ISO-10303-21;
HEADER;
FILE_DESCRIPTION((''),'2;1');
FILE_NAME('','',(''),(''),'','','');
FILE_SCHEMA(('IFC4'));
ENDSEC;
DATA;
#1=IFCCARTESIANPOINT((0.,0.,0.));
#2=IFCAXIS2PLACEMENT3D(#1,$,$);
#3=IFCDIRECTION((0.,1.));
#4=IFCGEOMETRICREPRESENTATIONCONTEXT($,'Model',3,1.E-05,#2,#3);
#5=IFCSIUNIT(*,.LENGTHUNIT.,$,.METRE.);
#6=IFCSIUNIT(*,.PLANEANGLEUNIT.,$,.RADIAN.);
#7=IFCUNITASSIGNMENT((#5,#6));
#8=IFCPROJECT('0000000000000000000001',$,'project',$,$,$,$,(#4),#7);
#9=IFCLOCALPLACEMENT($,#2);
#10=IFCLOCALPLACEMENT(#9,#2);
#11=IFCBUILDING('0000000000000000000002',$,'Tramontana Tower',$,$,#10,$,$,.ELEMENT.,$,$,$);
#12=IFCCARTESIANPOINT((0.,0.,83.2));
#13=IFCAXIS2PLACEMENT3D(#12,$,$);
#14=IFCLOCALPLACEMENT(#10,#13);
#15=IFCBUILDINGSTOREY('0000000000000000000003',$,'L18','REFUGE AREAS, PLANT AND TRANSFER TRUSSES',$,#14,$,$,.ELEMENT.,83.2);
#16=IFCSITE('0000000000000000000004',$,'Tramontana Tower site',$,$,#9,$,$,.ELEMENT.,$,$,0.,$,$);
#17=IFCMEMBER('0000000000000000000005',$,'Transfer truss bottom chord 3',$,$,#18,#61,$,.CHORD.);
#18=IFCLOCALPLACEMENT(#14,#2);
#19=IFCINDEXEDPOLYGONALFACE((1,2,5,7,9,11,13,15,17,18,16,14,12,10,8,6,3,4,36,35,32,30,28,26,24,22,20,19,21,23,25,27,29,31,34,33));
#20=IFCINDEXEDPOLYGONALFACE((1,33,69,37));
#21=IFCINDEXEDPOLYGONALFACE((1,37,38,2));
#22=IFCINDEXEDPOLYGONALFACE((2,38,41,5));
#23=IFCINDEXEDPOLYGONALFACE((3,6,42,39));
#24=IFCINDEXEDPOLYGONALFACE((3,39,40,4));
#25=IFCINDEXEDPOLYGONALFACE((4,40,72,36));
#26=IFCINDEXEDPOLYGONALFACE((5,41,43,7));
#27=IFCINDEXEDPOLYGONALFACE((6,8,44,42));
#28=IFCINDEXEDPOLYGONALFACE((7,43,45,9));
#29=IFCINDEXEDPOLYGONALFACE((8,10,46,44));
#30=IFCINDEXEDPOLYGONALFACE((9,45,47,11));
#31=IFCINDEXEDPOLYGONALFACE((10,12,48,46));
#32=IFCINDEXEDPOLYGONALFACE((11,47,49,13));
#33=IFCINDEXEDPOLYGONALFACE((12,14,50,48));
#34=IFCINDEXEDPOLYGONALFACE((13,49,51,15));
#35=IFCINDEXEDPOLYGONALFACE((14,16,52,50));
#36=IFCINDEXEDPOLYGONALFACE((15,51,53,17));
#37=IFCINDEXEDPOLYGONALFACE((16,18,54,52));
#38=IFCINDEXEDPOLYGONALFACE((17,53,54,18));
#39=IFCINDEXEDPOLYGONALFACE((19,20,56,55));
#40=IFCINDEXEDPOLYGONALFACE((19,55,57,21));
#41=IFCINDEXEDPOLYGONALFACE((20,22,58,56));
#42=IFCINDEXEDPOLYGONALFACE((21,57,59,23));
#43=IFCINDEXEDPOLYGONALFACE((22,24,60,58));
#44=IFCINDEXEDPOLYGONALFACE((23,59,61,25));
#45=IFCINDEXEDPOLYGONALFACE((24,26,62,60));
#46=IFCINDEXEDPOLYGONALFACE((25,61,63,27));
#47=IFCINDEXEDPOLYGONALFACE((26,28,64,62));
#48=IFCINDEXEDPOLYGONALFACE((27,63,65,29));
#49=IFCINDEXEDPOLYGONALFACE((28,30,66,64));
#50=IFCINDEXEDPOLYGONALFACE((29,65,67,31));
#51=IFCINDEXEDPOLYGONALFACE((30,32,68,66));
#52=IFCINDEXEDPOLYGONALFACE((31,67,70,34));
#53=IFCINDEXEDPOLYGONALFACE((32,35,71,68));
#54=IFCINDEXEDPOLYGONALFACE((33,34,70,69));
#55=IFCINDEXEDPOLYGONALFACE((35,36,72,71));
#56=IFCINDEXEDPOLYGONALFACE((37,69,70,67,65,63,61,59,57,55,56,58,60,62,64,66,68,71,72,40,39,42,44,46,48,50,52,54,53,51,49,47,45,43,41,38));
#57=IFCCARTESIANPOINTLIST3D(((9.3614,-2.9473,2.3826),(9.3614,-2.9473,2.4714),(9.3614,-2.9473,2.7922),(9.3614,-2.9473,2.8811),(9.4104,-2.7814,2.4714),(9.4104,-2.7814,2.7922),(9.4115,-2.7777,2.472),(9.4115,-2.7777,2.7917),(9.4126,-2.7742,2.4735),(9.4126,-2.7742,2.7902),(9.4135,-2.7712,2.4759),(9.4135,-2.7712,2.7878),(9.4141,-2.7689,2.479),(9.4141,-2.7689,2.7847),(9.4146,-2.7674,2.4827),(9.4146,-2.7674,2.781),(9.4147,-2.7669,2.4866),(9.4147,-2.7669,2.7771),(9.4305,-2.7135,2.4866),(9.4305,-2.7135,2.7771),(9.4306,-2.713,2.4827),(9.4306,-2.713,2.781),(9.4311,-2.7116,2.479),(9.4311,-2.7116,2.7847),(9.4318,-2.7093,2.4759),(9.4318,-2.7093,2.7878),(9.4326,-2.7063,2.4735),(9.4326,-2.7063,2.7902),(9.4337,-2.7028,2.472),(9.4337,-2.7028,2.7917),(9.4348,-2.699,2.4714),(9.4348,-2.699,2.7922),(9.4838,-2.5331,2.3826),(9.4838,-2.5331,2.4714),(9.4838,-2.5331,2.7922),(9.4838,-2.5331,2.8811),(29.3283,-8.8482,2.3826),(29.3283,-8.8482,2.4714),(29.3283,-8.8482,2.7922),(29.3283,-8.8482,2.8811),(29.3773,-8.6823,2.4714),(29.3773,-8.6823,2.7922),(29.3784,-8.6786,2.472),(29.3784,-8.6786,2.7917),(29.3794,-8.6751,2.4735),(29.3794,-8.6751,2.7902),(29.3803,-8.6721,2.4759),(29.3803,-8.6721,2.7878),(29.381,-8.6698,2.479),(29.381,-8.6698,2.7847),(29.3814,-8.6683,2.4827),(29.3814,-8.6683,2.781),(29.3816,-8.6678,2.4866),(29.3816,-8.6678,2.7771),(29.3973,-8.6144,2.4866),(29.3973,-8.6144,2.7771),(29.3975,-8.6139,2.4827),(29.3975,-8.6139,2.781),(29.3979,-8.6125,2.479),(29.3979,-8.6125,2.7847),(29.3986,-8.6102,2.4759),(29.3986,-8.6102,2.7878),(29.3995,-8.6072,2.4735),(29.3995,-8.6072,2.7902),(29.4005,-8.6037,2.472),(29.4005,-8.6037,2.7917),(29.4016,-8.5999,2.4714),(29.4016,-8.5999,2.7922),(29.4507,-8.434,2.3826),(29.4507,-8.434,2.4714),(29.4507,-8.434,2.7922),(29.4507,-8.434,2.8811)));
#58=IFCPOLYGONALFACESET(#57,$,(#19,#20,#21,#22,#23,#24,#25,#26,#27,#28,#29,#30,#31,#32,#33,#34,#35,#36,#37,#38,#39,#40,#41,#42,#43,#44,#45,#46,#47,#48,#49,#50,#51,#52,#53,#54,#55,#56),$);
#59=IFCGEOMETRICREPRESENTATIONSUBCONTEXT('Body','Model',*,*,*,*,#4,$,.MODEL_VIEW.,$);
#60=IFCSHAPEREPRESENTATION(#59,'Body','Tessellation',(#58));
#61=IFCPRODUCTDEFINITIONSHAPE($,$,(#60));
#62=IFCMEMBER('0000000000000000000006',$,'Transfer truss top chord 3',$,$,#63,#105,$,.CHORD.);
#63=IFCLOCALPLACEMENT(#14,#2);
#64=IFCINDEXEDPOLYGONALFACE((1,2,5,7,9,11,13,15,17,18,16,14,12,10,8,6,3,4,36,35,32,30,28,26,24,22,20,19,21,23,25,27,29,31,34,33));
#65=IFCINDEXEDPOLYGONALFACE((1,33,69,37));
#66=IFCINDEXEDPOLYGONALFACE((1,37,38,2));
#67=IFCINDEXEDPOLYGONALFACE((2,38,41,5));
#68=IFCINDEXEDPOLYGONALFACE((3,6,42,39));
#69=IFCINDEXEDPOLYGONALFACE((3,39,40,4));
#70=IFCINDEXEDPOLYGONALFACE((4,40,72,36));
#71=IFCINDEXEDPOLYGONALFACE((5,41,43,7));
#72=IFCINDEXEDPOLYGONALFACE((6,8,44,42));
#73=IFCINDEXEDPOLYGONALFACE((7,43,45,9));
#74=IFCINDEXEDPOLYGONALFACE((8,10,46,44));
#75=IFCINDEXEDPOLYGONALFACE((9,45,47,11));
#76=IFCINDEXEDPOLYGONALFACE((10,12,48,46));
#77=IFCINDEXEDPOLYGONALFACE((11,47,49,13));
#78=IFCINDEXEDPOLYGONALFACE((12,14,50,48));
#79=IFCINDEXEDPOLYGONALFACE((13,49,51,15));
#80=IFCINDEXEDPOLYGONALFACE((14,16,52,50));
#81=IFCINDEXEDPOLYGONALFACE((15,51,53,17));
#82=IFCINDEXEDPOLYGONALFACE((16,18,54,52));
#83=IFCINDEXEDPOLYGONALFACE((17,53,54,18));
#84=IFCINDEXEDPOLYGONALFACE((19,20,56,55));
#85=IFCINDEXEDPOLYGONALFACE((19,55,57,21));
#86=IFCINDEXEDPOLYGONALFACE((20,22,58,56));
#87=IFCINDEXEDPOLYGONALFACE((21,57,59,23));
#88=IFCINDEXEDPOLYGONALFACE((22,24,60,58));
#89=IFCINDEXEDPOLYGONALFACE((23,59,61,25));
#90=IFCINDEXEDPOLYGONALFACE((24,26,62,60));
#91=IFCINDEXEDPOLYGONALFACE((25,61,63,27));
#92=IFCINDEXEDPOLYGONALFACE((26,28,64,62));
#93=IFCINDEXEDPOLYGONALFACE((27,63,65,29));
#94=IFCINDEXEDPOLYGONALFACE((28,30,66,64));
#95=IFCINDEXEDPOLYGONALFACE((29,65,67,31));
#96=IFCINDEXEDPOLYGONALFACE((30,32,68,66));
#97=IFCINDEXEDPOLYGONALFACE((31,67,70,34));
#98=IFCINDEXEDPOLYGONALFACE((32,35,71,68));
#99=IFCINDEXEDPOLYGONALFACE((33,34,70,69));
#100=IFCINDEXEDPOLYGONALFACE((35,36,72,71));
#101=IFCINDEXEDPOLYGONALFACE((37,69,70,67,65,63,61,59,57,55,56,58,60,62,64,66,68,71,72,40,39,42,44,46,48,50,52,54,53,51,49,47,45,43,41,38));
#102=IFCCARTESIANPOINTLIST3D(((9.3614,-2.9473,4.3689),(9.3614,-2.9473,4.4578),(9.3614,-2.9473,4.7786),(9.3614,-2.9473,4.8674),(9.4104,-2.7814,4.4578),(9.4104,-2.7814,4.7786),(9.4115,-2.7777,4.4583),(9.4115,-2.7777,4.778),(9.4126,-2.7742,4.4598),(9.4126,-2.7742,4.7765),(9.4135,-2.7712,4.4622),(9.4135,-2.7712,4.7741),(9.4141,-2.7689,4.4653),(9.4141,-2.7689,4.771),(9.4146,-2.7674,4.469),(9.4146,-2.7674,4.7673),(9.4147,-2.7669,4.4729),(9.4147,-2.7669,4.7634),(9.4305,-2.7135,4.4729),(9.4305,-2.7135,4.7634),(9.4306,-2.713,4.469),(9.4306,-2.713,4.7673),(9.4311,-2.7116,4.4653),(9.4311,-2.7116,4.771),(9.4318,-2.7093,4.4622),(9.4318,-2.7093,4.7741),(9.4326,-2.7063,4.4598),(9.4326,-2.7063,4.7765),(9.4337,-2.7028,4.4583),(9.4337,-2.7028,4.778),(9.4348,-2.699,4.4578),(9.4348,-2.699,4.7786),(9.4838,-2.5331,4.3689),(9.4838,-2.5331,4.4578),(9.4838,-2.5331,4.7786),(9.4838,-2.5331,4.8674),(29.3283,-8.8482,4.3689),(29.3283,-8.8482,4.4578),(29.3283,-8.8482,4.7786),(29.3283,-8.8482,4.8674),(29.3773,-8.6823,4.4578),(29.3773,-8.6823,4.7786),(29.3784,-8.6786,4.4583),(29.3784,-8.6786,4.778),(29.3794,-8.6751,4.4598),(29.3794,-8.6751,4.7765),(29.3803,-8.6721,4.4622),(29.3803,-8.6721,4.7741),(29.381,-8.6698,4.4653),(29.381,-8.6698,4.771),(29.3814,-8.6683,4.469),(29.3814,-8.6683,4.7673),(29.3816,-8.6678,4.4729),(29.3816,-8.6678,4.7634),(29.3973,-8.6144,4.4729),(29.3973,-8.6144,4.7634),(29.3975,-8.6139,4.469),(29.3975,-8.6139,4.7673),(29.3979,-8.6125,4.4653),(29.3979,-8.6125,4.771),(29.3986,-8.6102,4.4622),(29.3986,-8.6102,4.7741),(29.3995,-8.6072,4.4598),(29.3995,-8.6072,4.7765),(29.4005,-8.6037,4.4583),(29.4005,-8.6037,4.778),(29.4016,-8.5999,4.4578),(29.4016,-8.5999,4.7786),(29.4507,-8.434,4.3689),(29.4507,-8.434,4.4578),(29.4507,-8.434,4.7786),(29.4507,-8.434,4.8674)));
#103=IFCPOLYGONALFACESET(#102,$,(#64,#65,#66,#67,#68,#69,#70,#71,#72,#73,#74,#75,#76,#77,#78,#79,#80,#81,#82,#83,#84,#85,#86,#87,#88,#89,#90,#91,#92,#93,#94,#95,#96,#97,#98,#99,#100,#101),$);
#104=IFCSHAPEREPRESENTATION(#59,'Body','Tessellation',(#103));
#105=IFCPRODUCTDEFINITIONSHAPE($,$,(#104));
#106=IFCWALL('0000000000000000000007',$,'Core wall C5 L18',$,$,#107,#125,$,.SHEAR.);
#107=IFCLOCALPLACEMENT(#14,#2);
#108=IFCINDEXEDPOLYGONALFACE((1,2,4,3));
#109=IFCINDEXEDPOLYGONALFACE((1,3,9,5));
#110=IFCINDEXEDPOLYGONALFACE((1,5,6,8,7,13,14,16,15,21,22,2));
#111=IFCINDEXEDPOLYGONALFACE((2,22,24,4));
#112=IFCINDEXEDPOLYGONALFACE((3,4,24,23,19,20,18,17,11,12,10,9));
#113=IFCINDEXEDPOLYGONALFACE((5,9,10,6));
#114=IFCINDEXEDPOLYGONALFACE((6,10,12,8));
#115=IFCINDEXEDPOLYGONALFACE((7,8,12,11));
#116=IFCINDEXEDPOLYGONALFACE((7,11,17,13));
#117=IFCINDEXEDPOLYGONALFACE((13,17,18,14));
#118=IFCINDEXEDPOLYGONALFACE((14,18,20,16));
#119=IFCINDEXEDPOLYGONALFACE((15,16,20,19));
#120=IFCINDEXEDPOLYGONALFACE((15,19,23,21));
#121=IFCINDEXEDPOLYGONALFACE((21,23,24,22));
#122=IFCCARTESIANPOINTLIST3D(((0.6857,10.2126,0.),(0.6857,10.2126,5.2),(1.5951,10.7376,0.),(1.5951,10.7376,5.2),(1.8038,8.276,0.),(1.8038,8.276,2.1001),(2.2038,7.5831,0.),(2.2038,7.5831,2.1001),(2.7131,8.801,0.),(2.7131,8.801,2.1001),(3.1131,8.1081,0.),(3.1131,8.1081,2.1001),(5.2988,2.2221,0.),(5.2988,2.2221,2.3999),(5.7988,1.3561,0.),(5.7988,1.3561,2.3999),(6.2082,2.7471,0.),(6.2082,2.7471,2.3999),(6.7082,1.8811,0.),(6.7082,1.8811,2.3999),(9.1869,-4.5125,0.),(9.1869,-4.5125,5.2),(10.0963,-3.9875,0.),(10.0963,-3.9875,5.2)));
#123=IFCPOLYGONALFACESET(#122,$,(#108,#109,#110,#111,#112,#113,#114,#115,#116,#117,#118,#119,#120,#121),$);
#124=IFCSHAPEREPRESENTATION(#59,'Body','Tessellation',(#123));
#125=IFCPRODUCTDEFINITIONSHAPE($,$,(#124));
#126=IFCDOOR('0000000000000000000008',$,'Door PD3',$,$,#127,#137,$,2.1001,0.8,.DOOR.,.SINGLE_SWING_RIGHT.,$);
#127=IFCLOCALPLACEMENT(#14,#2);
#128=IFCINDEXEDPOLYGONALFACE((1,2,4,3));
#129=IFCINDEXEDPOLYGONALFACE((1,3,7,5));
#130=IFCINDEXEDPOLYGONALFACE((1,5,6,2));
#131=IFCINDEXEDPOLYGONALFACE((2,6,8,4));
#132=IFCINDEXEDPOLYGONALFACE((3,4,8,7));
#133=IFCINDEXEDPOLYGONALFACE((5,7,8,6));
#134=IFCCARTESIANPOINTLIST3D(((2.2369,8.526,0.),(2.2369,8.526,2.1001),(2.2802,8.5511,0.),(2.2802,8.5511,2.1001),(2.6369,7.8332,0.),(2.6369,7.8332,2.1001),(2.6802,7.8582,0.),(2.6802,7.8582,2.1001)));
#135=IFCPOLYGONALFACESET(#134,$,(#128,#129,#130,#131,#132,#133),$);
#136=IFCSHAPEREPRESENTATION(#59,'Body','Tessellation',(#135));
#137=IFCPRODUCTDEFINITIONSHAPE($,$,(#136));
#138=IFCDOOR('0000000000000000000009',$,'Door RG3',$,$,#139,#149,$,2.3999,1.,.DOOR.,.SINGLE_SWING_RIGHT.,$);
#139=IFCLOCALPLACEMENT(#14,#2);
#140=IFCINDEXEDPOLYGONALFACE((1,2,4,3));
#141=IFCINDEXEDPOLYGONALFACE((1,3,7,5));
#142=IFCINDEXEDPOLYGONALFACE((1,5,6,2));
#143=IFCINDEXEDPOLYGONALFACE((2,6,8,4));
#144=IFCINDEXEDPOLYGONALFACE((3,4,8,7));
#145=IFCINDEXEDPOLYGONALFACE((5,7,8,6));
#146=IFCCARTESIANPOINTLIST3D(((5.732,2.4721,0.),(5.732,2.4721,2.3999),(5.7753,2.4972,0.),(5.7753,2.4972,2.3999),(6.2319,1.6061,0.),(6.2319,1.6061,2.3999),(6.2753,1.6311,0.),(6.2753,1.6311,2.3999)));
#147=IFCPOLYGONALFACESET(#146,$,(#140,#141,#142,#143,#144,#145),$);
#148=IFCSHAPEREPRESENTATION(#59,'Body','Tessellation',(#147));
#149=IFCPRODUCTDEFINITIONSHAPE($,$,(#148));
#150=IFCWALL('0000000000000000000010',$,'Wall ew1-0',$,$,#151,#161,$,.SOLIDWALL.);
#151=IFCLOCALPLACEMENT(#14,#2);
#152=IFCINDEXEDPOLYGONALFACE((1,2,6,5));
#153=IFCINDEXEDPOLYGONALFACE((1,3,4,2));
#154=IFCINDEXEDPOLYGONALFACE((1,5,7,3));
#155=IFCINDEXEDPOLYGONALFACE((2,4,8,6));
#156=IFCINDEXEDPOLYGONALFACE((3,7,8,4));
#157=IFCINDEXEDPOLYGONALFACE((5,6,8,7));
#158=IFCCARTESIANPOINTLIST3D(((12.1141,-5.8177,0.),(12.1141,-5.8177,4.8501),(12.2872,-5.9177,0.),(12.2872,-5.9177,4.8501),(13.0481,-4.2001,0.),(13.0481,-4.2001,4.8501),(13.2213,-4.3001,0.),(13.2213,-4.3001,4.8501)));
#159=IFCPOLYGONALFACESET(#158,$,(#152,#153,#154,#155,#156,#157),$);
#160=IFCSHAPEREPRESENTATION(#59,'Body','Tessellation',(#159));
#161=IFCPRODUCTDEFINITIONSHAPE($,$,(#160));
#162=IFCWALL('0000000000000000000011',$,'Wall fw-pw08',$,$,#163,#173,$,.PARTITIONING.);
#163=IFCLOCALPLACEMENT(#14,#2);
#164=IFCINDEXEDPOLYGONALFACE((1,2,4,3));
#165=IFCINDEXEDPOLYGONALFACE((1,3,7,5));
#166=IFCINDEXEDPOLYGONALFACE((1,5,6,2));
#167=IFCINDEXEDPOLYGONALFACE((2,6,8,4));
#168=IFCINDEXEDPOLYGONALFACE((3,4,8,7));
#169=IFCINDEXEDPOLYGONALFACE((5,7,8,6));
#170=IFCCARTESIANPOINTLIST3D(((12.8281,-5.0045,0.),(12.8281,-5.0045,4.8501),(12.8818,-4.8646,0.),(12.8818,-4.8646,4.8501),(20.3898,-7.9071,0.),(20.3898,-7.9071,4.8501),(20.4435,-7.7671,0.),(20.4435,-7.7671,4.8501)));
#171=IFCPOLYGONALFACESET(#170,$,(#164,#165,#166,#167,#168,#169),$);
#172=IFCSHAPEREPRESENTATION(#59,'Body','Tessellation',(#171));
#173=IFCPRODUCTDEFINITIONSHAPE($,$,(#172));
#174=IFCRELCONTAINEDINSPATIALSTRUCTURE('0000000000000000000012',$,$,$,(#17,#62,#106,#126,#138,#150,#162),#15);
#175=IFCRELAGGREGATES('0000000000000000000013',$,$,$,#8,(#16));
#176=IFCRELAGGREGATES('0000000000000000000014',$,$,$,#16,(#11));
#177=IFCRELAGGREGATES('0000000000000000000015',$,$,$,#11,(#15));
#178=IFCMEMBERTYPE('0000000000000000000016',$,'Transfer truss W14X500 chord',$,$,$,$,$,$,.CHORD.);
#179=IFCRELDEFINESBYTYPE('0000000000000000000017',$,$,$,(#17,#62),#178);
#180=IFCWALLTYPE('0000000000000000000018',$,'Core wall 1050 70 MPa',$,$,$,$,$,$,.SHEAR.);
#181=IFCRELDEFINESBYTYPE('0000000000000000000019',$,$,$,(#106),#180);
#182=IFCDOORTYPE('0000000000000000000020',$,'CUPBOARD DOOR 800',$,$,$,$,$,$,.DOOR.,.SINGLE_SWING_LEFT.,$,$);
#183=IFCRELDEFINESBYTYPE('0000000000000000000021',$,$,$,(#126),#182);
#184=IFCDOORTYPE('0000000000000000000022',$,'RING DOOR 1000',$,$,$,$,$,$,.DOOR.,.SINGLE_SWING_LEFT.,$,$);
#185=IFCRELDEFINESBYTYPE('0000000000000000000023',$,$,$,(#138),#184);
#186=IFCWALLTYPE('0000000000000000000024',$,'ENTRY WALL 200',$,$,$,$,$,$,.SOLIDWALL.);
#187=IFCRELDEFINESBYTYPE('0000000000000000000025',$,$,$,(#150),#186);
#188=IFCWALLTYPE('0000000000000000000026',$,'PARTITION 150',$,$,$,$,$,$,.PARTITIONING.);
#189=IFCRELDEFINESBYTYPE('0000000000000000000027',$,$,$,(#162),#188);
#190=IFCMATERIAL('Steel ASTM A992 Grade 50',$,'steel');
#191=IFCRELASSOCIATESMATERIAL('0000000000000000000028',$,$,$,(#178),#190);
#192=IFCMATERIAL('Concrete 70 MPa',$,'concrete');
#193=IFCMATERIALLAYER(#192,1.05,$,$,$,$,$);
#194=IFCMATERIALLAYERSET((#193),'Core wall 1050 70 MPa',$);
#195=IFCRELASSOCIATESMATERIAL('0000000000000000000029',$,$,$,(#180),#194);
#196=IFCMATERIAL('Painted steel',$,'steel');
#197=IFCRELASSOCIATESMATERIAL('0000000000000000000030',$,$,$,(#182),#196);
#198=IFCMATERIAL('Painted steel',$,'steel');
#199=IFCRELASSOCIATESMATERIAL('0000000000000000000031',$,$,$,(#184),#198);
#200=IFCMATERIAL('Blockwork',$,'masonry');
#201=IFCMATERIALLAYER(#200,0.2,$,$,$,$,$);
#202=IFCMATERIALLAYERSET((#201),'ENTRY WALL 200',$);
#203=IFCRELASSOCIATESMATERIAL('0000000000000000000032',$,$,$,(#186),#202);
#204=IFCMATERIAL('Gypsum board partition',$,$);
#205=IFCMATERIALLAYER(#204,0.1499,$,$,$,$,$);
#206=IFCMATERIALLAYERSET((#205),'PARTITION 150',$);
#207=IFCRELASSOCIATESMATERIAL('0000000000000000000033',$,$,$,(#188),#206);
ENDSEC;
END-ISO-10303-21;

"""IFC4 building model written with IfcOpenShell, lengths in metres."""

from ifc_helpers import new_model, si_unit, direction, frame, frame_2d, origin, origin_2d, place, context, subcontext, project, spatial, rectangle, i_section, extrude, material, layer, layer_set, material_profile, profile_set, type_object, element, fill, save


model = new_model("IFC4")

# Units and contexts
model_context = context("Model", 3, precision=1e-05, world=origin(), true_north=direction((0.0, 1.0)))
body_context = subcontext(model_context, "Body", "Model", "MODEL_VIEW")
ifc_project = project(units=[si_unit("LENGTHUNIT", "METRE"), si_unit("PLANEANGLEUNIT", "RADIAN")], contexts=[model_context])

# Site, building, storey
site_placement = place(None, origin())
site = spatial("IfcSite", under=ifc_project, at=site_placement, Name="Tramontana Tower site", CompositionType="ELEMENT", RefElevation=0.0)
building_placement = place(site_placement, origin())
building = spatial("IfcBuilding", under=site, at=building_placement, Name="Tramontana Tower", CompositionType="ELEMENT")
storey_placement = place(building_placement, frame((0.0, 0.0, 83.2)))
storey = spatial("IfcBuildingStorey", under=building, at=storey_placement, Name="L18", Description="REFUGE AREAS, PLANT AND TRANSFER TRUSSES", CompositionType="ELEMENT", Elevation=83.2)

# Members
ifc_material_1 = material(Name="Steel ASTM A992 Grade 50", Category="steel")
ifc_material_profile_1 = material_profile(ifc_material_1, i_section(OverallWidth=0.4319, OverallDepth=0.4985, WebThickness=0.0557, FlangeThickness=0.0889, FilletRadius=0.0151, at=origin_2d()), Name="W14X500")
ifc_profile_set_1 = profile_set([ifc_material_profile_1], Name="Steel ASTM A992 Grade 50")
member_type_1 = type_object("IfcMemberType", Name="Transfer truss W14X500 chord", PredefinedType="CHORD", material=ifc_profile_set_1)
for number, where, z_axis, x_axis, name in (
    (1, (9.4226, -2.7402, 2.6318), (0.958997, -0.283417, 0.0), (0.283417, 0.958997, 0.0), "Transfer truss bottom chord 3"),
    (2, (9.4226, -2.7402, 4.6182), (0.958997, -0.283417, 0.0), (0.283417, 0.958997, 0.0), "Transfer truss top chord 3"),
):
    element("IfcMember", number, at=place(storey_placement, frame(where, z_axis=z_axis, x_axis=x_axis)), inside=storey, type_object=member_type_1, Name=name, PredefinedType="CHORD", context=body_context, shape_type="SweptSolid", body=[
        extrude(i_section(OverallWidth=0.4319, OverallDepth=0.4985, WebThickness=0.0557, FlangeThickness=0.0889, FilletRadius=0.0151, at=origin_2d()), origin(), (0.0, 0.0, 1.0), 20.8206),
    ])

# Wall, openings, doors
ifc_material_2 = material(Name="Concrete 70 MPa", Category="concrete")
ifc_layer_1 = layer(ifc_material_2, 1.05)
ifc_layer_set_1 = layer_set([ifc_layer_1], Name="Core wall 1050 70 MPa")
wall_type_1 = type_object("IfcWallType", Name="Core wall 1050 70 MPa", PredefinedType="SHEAR", material=ifc_layer_set_1)
wall_1_placement = place(storey_placement, frame((9.6416, -4.25, 0.0), z_axis=(0.0, 0.0, 1.0), x_axis=(-0.499986, 0.866034, 0.0)))
wall_1 = element("IfcWall", 3, at=wall_1_placement, inside=storey, type_object=wall_type_1, Name="Core wall C5 L18", PredefinedType="SHEAR", context=body_context, shape_type="SweptSolid", body=[
    extrude(rectangle(XDim=17.0029, YDim=1.05, at=frame_2d((8.5015, 0.0))), origin(), (0.0, 0.0, 1.0), 5.2),
])
opening_1_placement = place(wall_1_placement, frame((6.7764, 0.0, 0.0)))
opening_1 = element("IfcOpeningElement", 4, at=opening_1_placement, cuts=wall_1, PredefinedType="OPENING", context=body_context, shape_type="SweptSolid", body=[
    extrude(rectangle(XDim=1.0, YDim=2.3999, at=frame_2d((0.5, 1.2))), frame((0.0, 0.5349, 0.0), z_axis=(0.0, -1.0, 0.0), x_axis=(1.0, 0.0, 0.0)), (0.0, 0.0, 1.0), 1.0701),
])
opening_2_placement = place(wall_1_placement, frame((13.9668, 0.0, 0.0)))
opening_2 = element("IfcOpeningElement", 5, at=opening_2_placement, cuts=wall_1, PredefinedType="OPENING", context=body_context, shape_type="SweptSolid", body=[
    extrude(rectangle(XDim=0.8, YDim=2.1001, at=frame_2d((0.3999, 1.05))), frame((0.0, 0.5349, 0.0), z_axis=(0.0, -1.0, 0.0), x_axis=(1.0, 0.0, 0.0)), (0.0, 0.0, 1.0), 1.0701),
])
ifc_material_3 = material(Name="Painted steel", Category="steel")
door_type_1 = type_object("IfcDoorType", Name="CUPBOARD DOOR 800", OperationType="SINGLE_SWING_LEFT", PredefinedType="DOOR", material=ifc_material_3)
door_1_placement = place(opening_2_placement, origin())
door_1 = element("IfcDoor", 6, at=door_1_placement, inside=storey, type_object=door_type_1, Name="Door PD3", OperationType="SINGLE_SWING_RIGHT", OverallHeight=2.1001, OverallWidth=0.8, PredefinedType="DOOR", context=body_context, shape_type="SweptSolid", body=[
    extrude(rectangle(XDim=0.8, YDim=2.1001, at=frame_2d((0.3999, 1.05))), frame((0.0, 0.0249, 0.0), z_axis=(0.0, -1.0, 0.0), x_axis=(1.0, 0.0, 0.0)), (0.0, 0.0, 1.0), 0.05),
])
fill(opening_2, door_1)
ifc_material_4 = material(Name="Painted steel", Category="steel")
door_type_2 = type_object("IfcDoorType", Name="RING DOOR 1000", OperationType="SINGLE_SWING_LEFT", PredefinedType="DOOR", material=ifc_material_4)
door_2_placement = place(opening_1_placement, origin())
door_2 = element("IfcDoor", 7, at=door_2_placement, inside=storey, type_object=door_type_2, Name="Door RG3", OperationType="SINGLE_SWING_RIGHT", OverallHeight=2.3999, OverallWidth=1.0, PredefinedType="DOOR", context=body_context, shape_type="SweptSolid", body=[
    extrude(rectangle(XDim=1.0, YDim=2.3999, at=frame_2d((0.5, 1.2))), frame((0.0, 0.0249, 0.0), z_axis=(0.0, -1.0, 0.0), x_axis=(1.0, 0.0, 0.0)), (0.0, 0.0, 1.0), 0.05),
])
fill(opening_1, door_2)

# Walls
ifc_material_5 = material(Name="Blockwork", Category="masonry")
ifc_layer_2 = layer(ifc_material_5, 0.2)
ifc_layer_set_2 = layer_set([ifc_layer_2], Name="ENTRY WALL 200")
wall_type_2 = type_object("IfcWallType", Name="ENTRY WALL 200", PredefinedType="SOLIDWALL", material=ifc_layer_set_2)
wall_2_placement = place(storey_placement, frame((13.1348, -4.25, 0.0), z_axis=(0.0, 0.0, 1.0), x_axis=(-0.500047, -0.865998, 0.0)))
element("IfcWall", 8, at=wall_2_placement, inside=storey, type_object=wall_type_2, Name="Wall ew1-0", PredefinedType="SOLIDWALL", context=body_context, shape_type="SweptSolid", body=[
    extrude(rectangle(XDim=1.8679, YDim=0.2, at=frame_2d((0.9341, 0.0))), origin(), (0.0, 0.0, 1.0), 4.8501),
])
ifc_material_6 = material(Name="Gypsum board partition")
ifc_layer_3 = layer(ifc_material_6, 0.1499)
ifc_layer_set_3 = layer_set([ifc_layer_3], Name="PARTITION 150")
wall_type_3 = type_object("IfcWallType", Name="PARTITION 150", PredefinedType="PARTITIONING", material=ifc_layer_set_3)
wall_3_placement = place(storey_placement, frame((12.855, -4.9346, 0.0), z_axis=(0.0, 0.0, 1.0), x_axis=(0.933585, -0.358357, 0.0)))
element("IfcWall", 9, at=wall_3_placement, inside=storey, type_object=wall_type_3, Name="Wall fw-pw08", PredefinedType="PARTITIONING", context=body_context, shape_type="SweptSolid", body=[
    extrude(rectangle(XDim=8.0996, YDim=0.1499, at=frame_2d((4.0498, 0.0))), origin(), (0.0, 0.0, 1.0), 4.8501),
])

save(model, "model.ifc")
